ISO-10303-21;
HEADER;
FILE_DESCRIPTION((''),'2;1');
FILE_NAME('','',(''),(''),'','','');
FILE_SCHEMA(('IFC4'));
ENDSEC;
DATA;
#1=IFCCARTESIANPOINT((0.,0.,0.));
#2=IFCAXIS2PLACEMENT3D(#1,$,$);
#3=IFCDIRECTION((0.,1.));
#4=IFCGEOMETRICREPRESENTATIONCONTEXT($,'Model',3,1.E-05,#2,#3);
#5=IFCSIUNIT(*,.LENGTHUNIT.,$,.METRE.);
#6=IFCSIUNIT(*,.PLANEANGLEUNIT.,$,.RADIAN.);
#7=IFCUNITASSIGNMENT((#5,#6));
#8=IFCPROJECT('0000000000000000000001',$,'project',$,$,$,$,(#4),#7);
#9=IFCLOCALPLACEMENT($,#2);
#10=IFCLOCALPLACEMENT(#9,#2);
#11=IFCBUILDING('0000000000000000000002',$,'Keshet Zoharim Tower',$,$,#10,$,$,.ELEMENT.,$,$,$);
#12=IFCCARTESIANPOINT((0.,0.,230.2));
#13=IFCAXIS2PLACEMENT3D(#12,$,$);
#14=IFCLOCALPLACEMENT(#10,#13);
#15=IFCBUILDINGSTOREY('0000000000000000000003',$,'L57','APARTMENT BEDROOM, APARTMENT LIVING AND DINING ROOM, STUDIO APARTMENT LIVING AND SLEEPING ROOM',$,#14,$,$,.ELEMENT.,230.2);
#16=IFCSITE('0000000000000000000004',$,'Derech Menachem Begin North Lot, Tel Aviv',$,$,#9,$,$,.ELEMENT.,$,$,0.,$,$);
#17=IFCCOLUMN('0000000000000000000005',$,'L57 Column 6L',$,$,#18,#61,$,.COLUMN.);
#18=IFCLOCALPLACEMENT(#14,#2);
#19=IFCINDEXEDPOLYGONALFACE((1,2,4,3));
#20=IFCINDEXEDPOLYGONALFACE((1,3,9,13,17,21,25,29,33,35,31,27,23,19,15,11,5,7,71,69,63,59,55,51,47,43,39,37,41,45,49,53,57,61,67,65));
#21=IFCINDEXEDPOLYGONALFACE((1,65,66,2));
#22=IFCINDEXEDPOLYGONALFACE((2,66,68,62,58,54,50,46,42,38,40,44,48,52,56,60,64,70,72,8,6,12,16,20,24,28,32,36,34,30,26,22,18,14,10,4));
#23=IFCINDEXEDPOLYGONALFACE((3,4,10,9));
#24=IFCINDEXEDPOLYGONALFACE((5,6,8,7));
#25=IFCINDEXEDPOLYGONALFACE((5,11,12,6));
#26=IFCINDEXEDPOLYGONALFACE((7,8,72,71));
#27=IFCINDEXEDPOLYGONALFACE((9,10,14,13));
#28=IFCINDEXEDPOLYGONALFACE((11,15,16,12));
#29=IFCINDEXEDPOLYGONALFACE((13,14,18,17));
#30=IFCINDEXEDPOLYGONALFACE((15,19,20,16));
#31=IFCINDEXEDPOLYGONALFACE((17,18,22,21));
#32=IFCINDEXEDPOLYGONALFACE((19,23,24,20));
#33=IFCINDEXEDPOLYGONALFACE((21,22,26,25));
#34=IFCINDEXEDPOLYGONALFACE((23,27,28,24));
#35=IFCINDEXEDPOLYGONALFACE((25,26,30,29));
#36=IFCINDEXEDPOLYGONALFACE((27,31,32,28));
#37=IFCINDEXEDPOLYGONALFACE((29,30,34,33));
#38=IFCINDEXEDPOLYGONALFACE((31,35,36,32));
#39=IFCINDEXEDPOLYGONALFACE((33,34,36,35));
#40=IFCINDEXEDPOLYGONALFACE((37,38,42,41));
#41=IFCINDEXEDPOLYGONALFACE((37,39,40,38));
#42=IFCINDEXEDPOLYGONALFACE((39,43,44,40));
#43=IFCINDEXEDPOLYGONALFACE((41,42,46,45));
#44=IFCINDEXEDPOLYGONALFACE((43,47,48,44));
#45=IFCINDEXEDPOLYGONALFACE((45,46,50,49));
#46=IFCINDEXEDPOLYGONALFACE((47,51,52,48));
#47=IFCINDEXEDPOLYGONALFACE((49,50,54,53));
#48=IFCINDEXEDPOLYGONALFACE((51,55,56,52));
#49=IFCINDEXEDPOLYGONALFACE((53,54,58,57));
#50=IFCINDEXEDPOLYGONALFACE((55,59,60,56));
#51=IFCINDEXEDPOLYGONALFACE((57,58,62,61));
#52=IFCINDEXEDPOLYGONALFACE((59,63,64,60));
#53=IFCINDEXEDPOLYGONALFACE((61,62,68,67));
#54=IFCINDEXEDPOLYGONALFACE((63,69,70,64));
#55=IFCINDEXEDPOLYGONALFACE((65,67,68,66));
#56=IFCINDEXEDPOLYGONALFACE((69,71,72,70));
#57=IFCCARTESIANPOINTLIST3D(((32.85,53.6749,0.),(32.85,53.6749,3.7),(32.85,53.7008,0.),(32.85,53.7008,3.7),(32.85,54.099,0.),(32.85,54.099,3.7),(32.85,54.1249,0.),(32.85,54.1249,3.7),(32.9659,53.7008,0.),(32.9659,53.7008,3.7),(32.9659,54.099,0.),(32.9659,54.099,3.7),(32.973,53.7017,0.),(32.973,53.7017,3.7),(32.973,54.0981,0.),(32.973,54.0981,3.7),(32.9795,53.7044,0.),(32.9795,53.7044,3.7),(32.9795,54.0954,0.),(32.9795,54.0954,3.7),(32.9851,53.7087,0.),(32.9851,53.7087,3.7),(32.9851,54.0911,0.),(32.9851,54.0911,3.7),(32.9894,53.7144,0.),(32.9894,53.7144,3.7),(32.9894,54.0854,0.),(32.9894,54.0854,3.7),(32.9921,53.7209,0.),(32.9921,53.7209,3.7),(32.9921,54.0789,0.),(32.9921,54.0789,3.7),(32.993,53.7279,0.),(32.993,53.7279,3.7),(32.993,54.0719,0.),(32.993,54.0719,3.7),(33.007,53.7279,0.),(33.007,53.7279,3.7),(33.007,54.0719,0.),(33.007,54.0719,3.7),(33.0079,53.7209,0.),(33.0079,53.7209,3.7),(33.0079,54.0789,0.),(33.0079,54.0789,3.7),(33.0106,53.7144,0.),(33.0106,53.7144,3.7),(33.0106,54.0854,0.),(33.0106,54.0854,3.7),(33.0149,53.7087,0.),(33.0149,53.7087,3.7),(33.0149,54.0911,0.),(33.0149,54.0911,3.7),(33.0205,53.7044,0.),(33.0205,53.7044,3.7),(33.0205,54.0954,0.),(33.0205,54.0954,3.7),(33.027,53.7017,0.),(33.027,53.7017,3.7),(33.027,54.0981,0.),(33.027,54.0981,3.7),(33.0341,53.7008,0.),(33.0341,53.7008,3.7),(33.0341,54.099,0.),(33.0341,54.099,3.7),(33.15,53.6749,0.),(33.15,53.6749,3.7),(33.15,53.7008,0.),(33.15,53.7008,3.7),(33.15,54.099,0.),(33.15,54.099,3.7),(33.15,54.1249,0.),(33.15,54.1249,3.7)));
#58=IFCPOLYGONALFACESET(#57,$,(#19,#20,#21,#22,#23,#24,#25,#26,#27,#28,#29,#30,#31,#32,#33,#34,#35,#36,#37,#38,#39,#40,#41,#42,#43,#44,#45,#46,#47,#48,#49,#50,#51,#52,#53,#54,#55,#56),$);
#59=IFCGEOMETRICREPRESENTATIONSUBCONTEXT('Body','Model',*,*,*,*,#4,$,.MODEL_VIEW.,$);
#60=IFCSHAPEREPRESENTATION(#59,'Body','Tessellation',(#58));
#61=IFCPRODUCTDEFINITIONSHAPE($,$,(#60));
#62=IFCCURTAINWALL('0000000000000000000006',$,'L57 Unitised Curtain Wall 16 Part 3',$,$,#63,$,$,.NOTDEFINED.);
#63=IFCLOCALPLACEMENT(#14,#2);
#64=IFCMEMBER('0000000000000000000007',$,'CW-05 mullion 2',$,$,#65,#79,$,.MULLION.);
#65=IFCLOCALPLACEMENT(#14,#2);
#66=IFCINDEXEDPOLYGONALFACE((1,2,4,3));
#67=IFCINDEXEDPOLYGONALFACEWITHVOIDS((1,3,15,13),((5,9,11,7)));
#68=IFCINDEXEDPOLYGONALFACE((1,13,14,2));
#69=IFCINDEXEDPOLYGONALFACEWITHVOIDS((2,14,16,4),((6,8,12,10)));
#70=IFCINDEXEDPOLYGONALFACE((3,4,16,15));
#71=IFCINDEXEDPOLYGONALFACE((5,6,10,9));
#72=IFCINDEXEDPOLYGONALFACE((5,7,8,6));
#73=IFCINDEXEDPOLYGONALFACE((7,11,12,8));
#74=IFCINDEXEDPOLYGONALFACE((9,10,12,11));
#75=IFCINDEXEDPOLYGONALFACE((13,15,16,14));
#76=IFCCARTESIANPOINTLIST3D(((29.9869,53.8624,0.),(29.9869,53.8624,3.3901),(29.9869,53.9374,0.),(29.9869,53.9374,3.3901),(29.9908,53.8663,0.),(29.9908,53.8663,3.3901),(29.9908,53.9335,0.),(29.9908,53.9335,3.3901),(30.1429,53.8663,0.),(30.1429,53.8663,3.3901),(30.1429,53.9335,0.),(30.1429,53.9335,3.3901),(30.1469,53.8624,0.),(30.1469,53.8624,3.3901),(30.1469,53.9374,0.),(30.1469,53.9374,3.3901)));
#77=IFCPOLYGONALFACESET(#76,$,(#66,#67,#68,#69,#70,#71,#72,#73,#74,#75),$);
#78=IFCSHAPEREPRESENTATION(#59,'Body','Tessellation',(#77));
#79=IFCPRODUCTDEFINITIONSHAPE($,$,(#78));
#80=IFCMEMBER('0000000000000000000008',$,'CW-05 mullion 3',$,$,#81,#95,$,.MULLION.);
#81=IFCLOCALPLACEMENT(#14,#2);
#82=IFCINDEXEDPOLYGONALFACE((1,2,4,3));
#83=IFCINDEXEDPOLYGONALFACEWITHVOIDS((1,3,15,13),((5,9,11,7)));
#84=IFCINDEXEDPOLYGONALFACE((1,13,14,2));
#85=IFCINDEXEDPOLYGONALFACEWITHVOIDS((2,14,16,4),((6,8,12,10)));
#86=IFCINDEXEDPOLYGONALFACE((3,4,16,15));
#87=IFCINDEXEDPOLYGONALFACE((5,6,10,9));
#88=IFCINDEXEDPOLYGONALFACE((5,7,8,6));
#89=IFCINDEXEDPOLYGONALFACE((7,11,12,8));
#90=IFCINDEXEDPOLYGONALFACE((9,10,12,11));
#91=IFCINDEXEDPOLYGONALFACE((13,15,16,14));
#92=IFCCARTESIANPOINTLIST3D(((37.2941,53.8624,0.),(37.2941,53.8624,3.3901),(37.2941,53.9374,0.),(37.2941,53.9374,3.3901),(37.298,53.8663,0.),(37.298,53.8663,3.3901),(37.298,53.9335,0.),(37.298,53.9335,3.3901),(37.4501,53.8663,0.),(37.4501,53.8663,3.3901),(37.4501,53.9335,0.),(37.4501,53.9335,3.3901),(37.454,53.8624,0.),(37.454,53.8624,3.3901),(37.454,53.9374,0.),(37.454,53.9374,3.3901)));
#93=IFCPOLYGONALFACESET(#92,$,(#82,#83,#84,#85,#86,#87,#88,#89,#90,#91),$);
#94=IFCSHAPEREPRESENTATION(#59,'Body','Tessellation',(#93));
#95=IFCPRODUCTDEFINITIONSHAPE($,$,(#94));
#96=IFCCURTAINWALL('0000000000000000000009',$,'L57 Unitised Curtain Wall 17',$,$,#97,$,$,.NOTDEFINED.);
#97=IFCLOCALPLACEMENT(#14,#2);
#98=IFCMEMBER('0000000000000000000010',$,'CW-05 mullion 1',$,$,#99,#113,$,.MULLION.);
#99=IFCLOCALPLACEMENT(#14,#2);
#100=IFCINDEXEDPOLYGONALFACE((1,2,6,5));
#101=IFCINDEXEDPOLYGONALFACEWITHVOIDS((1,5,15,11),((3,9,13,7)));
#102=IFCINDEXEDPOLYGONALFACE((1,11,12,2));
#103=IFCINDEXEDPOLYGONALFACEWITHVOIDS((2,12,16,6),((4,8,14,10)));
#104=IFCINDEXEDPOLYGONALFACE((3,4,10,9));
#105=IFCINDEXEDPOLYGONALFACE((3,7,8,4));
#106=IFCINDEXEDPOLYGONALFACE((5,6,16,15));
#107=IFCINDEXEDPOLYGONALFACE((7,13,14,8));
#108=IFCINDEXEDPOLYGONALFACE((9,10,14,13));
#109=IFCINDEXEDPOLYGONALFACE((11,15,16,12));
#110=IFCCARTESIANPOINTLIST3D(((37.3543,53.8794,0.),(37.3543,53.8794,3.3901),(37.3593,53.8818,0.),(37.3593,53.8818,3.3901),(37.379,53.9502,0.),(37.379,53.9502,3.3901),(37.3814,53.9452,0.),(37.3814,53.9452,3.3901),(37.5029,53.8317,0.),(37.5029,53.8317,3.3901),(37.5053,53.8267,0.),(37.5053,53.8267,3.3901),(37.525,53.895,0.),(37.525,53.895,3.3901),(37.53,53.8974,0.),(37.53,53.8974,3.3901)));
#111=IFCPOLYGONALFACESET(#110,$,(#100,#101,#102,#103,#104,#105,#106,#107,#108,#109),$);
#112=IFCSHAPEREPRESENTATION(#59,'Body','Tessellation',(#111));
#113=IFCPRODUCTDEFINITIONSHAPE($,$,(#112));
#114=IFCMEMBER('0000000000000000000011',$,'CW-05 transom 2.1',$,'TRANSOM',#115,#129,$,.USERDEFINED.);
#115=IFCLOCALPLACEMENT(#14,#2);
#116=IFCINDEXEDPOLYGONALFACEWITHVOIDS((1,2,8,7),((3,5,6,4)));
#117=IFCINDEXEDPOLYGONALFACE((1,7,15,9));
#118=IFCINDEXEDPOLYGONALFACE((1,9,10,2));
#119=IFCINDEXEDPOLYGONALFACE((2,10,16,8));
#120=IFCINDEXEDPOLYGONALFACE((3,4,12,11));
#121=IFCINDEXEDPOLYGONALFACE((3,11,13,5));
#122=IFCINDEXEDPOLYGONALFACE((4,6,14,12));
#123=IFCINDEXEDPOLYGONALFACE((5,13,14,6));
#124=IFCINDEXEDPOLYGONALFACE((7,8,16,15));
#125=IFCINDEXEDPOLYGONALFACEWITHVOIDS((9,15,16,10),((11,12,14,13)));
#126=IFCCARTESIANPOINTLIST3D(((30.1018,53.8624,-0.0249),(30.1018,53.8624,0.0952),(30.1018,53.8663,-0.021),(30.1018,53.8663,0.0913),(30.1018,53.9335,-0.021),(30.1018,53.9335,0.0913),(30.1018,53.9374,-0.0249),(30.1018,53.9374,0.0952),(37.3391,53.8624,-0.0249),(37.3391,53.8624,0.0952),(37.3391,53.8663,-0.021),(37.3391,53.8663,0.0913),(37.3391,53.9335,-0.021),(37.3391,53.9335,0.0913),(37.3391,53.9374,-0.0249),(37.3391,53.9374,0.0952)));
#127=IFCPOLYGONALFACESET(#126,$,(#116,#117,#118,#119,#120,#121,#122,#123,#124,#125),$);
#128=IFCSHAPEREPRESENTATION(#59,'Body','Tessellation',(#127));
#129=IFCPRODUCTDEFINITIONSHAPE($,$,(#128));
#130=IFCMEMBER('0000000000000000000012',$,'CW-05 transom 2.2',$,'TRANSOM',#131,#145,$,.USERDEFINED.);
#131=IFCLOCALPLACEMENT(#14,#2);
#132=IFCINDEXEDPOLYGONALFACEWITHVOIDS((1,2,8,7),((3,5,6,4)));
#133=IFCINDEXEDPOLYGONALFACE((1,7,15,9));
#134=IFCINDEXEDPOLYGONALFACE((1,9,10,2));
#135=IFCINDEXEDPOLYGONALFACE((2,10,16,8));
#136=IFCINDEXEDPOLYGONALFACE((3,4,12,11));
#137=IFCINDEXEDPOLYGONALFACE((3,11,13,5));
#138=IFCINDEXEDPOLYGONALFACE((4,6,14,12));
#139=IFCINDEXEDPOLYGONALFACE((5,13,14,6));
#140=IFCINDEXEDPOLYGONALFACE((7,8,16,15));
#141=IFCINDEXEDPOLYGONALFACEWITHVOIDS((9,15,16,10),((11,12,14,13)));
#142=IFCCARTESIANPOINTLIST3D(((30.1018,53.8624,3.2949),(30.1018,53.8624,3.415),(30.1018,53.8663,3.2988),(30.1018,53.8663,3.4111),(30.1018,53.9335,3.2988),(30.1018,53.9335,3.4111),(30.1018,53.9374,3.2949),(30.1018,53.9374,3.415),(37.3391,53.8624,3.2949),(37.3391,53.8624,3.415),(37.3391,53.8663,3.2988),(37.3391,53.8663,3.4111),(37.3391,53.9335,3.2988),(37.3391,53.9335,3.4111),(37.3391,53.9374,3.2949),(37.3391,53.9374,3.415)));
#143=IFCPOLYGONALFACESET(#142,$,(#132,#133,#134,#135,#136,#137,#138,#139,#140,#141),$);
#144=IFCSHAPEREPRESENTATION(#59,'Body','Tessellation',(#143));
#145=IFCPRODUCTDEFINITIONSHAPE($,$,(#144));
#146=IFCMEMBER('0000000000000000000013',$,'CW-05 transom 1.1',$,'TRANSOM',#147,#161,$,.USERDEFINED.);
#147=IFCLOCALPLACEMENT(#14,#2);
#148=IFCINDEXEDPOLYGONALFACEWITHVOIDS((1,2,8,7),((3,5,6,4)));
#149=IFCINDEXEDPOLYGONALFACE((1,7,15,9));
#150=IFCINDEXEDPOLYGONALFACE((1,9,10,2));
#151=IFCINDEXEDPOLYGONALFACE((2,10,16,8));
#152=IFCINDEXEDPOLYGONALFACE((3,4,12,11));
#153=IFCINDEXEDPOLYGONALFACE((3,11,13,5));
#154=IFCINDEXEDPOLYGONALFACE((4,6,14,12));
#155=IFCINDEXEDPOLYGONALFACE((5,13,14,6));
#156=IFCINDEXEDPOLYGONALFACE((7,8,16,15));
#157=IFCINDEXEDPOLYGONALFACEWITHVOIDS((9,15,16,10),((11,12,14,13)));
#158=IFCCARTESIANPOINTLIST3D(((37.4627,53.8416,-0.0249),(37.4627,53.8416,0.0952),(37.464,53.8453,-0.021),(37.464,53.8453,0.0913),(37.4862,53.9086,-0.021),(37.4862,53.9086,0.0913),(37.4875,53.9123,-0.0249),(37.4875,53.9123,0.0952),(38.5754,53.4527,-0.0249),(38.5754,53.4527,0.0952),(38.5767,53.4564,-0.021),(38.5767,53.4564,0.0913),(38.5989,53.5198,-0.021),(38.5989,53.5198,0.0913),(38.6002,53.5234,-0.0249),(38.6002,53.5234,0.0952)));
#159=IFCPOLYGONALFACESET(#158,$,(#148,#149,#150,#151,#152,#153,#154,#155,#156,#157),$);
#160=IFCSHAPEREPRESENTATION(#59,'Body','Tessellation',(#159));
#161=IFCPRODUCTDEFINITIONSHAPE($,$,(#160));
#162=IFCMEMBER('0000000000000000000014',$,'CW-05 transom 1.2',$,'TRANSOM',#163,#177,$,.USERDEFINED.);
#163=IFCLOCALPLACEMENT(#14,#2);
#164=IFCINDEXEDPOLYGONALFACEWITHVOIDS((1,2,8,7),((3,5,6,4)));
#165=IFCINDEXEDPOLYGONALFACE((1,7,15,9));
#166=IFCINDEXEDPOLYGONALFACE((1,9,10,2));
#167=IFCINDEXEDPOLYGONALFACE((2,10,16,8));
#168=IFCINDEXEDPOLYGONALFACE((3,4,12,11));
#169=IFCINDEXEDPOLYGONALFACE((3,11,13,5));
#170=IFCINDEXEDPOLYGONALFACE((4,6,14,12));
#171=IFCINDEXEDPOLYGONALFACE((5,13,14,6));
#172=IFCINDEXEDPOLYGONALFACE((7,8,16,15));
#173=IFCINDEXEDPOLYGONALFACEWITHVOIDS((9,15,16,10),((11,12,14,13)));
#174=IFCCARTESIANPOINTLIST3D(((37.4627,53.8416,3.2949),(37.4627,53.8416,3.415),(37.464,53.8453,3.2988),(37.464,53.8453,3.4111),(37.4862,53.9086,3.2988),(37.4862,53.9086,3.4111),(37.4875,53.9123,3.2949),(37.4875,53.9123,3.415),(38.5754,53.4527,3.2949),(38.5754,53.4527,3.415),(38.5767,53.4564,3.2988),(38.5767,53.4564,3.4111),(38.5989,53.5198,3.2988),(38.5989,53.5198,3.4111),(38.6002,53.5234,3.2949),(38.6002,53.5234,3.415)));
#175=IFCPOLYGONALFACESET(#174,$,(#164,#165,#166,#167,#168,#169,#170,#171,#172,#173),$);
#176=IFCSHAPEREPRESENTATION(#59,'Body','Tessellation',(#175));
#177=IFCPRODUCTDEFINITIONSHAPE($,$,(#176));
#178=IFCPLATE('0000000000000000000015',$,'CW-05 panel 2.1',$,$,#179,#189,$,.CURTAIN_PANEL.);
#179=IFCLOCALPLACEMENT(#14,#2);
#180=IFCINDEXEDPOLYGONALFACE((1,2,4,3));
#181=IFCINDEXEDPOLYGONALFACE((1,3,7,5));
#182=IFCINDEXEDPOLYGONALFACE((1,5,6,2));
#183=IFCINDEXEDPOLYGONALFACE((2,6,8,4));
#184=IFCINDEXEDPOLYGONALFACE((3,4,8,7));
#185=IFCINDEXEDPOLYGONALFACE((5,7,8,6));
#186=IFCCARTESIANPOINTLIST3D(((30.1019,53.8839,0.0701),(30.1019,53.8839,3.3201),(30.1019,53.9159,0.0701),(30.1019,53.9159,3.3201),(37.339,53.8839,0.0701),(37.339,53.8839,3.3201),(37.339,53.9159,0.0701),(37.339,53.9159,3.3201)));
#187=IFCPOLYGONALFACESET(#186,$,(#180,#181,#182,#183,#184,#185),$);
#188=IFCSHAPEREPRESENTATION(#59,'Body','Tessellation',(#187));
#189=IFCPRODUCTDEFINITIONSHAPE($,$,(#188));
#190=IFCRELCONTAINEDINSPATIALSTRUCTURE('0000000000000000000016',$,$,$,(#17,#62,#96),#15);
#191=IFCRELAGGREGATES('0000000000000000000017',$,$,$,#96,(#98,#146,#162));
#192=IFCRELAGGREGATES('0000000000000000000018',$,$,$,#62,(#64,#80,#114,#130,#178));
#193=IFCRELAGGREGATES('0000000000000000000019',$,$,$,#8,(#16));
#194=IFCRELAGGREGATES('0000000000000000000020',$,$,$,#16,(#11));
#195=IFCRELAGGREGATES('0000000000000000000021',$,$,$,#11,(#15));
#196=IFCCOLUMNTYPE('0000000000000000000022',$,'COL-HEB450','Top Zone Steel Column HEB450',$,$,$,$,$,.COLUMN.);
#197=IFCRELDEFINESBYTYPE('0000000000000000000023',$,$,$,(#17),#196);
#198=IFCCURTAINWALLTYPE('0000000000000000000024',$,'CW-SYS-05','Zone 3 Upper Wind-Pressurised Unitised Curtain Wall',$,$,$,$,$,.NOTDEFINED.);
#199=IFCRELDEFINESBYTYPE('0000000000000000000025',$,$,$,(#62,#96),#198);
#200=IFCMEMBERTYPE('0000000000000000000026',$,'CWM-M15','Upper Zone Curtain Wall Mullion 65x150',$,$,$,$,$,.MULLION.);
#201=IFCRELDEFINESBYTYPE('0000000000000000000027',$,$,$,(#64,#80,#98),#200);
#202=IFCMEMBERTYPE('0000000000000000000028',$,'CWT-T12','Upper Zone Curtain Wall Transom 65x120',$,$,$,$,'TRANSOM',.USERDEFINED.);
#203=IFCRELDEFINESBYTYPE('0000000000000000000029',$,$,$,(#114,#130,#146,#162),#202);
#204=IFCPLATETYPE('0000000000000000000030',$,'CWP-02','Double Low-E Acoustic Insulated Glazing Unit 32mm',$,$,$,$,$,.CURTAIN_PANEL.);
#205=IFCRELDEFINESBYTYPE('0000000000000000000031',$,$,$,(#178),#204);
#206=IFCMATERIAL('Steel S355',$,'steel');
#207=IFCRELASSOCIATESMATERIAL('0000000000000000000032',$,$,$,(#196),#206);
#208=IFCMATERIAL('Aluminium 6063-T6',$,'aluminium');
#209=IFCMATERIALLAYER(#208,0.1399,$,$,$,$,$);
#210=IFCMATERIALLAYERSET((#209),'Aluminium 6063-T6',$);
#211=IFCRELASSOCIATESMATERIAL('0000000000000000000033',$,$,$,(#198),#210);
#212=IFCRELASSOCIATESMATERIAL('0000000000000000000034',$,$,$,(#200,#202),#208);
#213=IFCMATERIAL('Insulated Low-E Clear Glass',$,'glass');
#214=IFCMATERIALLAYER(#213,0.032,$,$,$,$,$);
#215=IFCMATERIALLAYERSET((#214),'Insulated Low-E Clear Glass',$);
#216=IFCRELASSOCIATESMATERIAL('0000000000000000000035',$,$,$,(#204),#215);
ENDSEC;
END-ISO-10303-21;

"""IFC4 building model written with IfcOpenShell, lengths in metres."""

from ifc_helpers import new_model, si_unit, direction, frame, origin, origin_2d, place, context, subcontext, project, spatial, rectangle, hollow_rectangle, i_section, extrude, material, layer, layer_set, material_profile, profile_set, type_object, element, aggregate, save


model = new_model("IFC4")

# Units and contexts
model_context = context("Model", 3, precision=1e-05, world=origin(), true_north=direction((0.0, 1.0)))
body_context = subcontext(model_context, "Body", "Model", "MODEL_VIEW")
ifc_project = project(units=[si_unit("LENGTHUNIT", "METRE"), si_unit("PLANEANGLEUNIT", "RADIAN")], contexts=[model_context])

# Site, building, storey
site_placement = place(None, origin())
site = spatial("IfcSite", under=ifc_project, at=site_placement, Name="Derech Menachem Begin North Lot, Tel Aviv", CompositionType="ELEMENT", RefElevation=0.0)
building_placement = place(site_placement, origin())
building = spatial("IfcBuilding", under=site, at=building_placement, Name="Keshet Zoharim Tower", CompositionType="ELEMENT")
storey_placement = place(building_placement, frame((0.0, 0.0, 230.2)))
storey = spatial("IfcBuildingStorey", under=building, at=storey_placement, Name="L57", Description="APARTMENT BEDROOM, APARTMENT LIVING AND DINING ROOM, STUDIO APARTMENT LIVING AND SLEEPING ROOM", CompositionType="ELEMENT", Elevation=230.2)

# Column
ifc_material_1 = material(Name="Steel S355", Category="steel")
ifc_material_profile_1 = material_profile(ifc_material_1, i_section(OverallWidth=0.3, OverallDepth=0.45, WebThickness=0.0139, FlangeThickness=0.0259, FilletRadius=0.0271, at=origin_2d()), Name="HEB450")
ifc_profile_set_1 = profile_set([ifc_material_profile_1], Name="Steel S355")
column_type = type_object("IfcColumnType", Name="COL-HEB450", Description="Top Zone Steel Column HEB450", PredefinedType="COLUMN", material=ifc_profile_set_1)
column_placement = place(storey_placement, frame((33.0, 53.8999, 0.0), z_axis=(0.0, 0.0, 1.0), x_axis=(1.0, 0.0, 0.0)))
element("IfcColumn", 1, at=column_placement, inside=storey, type_object=column_type, Name="L57 Column 6L", PredefinedType="COLUMN", context=body_context, shape_type="SweptSolid", body=[
    extrude(i_section(OverallWidth=0.3, OverallDepth=0.45, WebThickness=0.0139, FlangeThickness=0.0259, FilletRadius=0.0271, at=origin_2d()), origin(), (0.0, 0.0, 1.0), 3.7),
])

# Curtain wall, members
ifc_material_2 = material(Name="Aluminium 6063-T6", Category="aluminium")
ifc_layer_1 = layer(ifc_material_2, 0.1399)
ifc_layer_set_1 = layer_set([ifc_layer_1], Name="Aluminium 6063-T6")
curtain_wall_type = type_object("IfcCurtainWallType", Name="CW-SYS-05", Description="Zone 3 Upper Wind-Pressurised Unitised Curtain Wall", PredefinedType="NOTDEFINED", material=ifc_layer_set_1)
curtain_wall_1_placement = place(storey_placement, origin())
curtain_wall_1 = element("IfcCurtainWall", 2, at=curtain_wall_1_placement, inside=storey, type_object=curtain_wall_type, Name="L57 Unitised Curtain Wall 16 Part 3", PredefinedType="NOTDEFINED")
ifc_material_profile_2 = material_profile(ifc_material_2, hollow_rectangle(XDim=0.075, YDim=0.1599, WallThickness=0.0039, at=origin_2d()), Name="MUL-75x160")
ifc_profile_set_2 = profile_set([ifc_material_profile_2], Name="Aluminium 6063-T6")
member_type_1 = type_object("IfcMemberType", Name="CWM-M15", Description="Upper Zone Curtain Wall Mullion 65x150", PredefinedType="MULLION", material=ifc_profile_set_2)
member_1_placement = place(storey_placement, frame((30.0669, 53.8999, 0.0), z_axis=(0.0, 0.0, 1.0), x_axis=(0.0, 1.0, 0.0)))
member_1 = element("IfcMember", 3, at=member_1_placement, type_object=member_type_1, Name="CW-05 mullion 2", PredefinedType="MULLION", context=body_context, shape_type="SweptSolid", body=[
    extrude(hollow_rectangle(XDim=0.075, YDim=0.1599, WallThickness=0.0039, at=origin_2d()), origin(), (0.0, 0.0, 1.0), 3.3901),
])
member_2_placement = place(storey_placement, frame((37.374, 53.8999, 0.0), z_axis=(0.0, 0.0, 1.0), x_axis=(0.0, 1.0, 0.0)))
member_2 = element("IfcMember", 4, at=member_2_placement, type_object=member_type_1, Name="CW-05 mullion 3", PredefinedType="MULLION", context=body_context, shape_type="SweptSolid", body=[
    extrude(hollow_rectangle(XDim=0.075, YDim=0.1599, WallThickness=0.0039, at=origin_2d()), origin(), (0.0, 0.0, 1.0), 3.3901),
])

# Curtain wall, member
curtain_wall_2_placement = place(storey_placement, origin())
curtain_wall_2 = element("IfcCurtainWall", 5, at=curtain_wall_2_placement, inside=storey, type_object=curtain_wall_type, Name="L57 Unitised Curtain Wall 17", PredefinedType="NOTDEFINED")
member_3_placement = place(storey_placement, frame((37.4421, 53.8884, 0.0), z_axis=(0.0, 0.0, 1.0), x_axis=(0.329844, 0.944036, 0.0)))
member_3 = element("IfcMember", 6, at=member_3_placement, type_object=member_type_1, Name="CW-05 mullion 1", PredefinedType="MULLION", context=body_context, shape_type="SweptSolid", body=[
    extrude(hollow_rectangle(XDim=0.075, YDim=0.1599, WallThickness=0.0039, at=origin_2d()), origin(), (0.0, 0.0, 1.0), 3.3901),
])

# Members
ifc_material_profile_3 = material_profile(ifc_material_2, hollow_rectangle(XDim=0.075, YDim=0.1201, WallThickness=0.0039, at=origin_2d()), Name="TRN-75x120")
ifc_profile_set_3 = profile_set([ifc_material_profile_3], Name="Aluminium 6063-T6")
member_type_2 = type_object("IfcMemberType", Name="CWT-T12", Description="Upper Zone Curtain Wall Transom 65x120", ElementType="TRANSOM", PredefinedType="USERDEFINED", material=ifc_profile_set_3)
member_4_placement = place(storey_placement, frame((30.1018, 53.8999, 0.0352), z_axis=(1.0, 0.0, 0.0), x_axis=(0.0, 1.0, 0.0)))
member_4 = element("IfcMember", 7, at=member_4_placement, type_object=member_type_2, Name="CW-05 transom 2.1", ObjectType="TRANSOM", PredefinedType="USERDEFINED", context=body_context, shape_type="SweptSolid", body=[
    extrude(hollow_rectangle(XDim=0.075, YDim=0.1201, WallThickness=0.0039, at=origin_2d()), origin(), (0.0, 0.0, 1.0), 7.2373),
])
member_5_placement = place(storey_placement, frame((30.1018, 53.8999, 3.355), z_axis=(1.0, 0.0, 0.0), x_axis=(0.0, 1.0, 0.0)))
member_5 = element("IfcMember", 8, at=member_5_placement, type_object=member_type_2, Name="CW-05 transom 2.2", ObjectType="TRANSOM", PredefinedType="USERDEFINED", context=body_context, shape_type="SweptSolid", body=[
    extrude(hollow_rectangle(XDim=0.075, YDim=0.1201, WallThickness=0.0039, at=origin_2d()), origin(), (0.0, 0.0, 1.0), 7.2373),
])
member_6_placement = place(storey_placement, frame((37.4751, 53.877, 0.0352), z_axis=(0.944007, -0.329926, 0.0), x_axis=(0.329926, 0.944007, 0.0)))
member_6 = element("IfcMember", 9, at=member_6_placement, type_object=member_type_2, Name="CW-05 transom 1.1", ObjectType="TRANSOM", PredefinedType="USERDEFINED", context=body_context, shape_type="SweptSolid", body=[
    extrude(hollow_rectangle(XDim=0.075, YDim=0.1201, WallThickness=0.0039, at=origin_2d()), origin(), (0.0, 0.0, 1.0), 1.1787),
])
member_7_placement = place(storey_placement, frame((37.4751, 53.877, 3.355), z_axis=(0.944007, -0.329926, 0.0), x_axis=(0.329926, 0.944007, 0.0)))
member_7 = element("IfcMember", 10, at=member_7_placement, type_object=member_type_2, Name="CW-05 transom 1.2", ObjectType="TRANSOM", PredefinedType="USERDEFINED", context=body_context, shape_type="SweptSolid", body=[
    extrude(hollow_rectangle(XDim=0.075, YDim=0.1201, WallThickness=0.0039, at=origin_2d()), origin(), (0.0, 0.0, 1.0), 1.1787),
])
aggregate(curtain_wall_2, [member_3, member_6, member_7])

# Plate
ifc_material_3 = material(Name="Insulated Low-E Clear Glass", Category="glass")
ifc_layer_2 = layer(ifc_material_3, 0.032)
ifc_layer_set_2 = layer_set([ifc_layer_2], Name="Insulated Low-E Clear Glass")
plate_type = type_object("IfcPlateType", Name="CWP-02", Description="Double Low-E Acoustic Insulated Glazing Unit 32mm", PredefinedType="CURTAIN_PANEL", material=ifc_layer_set_2)
plate_placement = place(storey_placement, frame((33.7205, 53.8999, 0.0701), z_axis=(0.0, 0.0, 1.0), x_axis=(1.0, 0.0, 0.0)))
plate = element("IfcPlate", 11, at=plate_placement, type_object=plate_type, Name="CW-05 panel 2.1", PredefinedType="CURTAIN_PANEL", context=body_context, shape_type="SweptSolid", body=[
    extrude(rectangle(XDim=7.2371, YDim=0.032, at=origin_2d()), origin(), (0.0, 0.0, 1.0), 3.25),
])
aggregate(curtain_wall_1, [member_1, member_2, member_4, member_5, plate])

save(model, "model.ifc")
